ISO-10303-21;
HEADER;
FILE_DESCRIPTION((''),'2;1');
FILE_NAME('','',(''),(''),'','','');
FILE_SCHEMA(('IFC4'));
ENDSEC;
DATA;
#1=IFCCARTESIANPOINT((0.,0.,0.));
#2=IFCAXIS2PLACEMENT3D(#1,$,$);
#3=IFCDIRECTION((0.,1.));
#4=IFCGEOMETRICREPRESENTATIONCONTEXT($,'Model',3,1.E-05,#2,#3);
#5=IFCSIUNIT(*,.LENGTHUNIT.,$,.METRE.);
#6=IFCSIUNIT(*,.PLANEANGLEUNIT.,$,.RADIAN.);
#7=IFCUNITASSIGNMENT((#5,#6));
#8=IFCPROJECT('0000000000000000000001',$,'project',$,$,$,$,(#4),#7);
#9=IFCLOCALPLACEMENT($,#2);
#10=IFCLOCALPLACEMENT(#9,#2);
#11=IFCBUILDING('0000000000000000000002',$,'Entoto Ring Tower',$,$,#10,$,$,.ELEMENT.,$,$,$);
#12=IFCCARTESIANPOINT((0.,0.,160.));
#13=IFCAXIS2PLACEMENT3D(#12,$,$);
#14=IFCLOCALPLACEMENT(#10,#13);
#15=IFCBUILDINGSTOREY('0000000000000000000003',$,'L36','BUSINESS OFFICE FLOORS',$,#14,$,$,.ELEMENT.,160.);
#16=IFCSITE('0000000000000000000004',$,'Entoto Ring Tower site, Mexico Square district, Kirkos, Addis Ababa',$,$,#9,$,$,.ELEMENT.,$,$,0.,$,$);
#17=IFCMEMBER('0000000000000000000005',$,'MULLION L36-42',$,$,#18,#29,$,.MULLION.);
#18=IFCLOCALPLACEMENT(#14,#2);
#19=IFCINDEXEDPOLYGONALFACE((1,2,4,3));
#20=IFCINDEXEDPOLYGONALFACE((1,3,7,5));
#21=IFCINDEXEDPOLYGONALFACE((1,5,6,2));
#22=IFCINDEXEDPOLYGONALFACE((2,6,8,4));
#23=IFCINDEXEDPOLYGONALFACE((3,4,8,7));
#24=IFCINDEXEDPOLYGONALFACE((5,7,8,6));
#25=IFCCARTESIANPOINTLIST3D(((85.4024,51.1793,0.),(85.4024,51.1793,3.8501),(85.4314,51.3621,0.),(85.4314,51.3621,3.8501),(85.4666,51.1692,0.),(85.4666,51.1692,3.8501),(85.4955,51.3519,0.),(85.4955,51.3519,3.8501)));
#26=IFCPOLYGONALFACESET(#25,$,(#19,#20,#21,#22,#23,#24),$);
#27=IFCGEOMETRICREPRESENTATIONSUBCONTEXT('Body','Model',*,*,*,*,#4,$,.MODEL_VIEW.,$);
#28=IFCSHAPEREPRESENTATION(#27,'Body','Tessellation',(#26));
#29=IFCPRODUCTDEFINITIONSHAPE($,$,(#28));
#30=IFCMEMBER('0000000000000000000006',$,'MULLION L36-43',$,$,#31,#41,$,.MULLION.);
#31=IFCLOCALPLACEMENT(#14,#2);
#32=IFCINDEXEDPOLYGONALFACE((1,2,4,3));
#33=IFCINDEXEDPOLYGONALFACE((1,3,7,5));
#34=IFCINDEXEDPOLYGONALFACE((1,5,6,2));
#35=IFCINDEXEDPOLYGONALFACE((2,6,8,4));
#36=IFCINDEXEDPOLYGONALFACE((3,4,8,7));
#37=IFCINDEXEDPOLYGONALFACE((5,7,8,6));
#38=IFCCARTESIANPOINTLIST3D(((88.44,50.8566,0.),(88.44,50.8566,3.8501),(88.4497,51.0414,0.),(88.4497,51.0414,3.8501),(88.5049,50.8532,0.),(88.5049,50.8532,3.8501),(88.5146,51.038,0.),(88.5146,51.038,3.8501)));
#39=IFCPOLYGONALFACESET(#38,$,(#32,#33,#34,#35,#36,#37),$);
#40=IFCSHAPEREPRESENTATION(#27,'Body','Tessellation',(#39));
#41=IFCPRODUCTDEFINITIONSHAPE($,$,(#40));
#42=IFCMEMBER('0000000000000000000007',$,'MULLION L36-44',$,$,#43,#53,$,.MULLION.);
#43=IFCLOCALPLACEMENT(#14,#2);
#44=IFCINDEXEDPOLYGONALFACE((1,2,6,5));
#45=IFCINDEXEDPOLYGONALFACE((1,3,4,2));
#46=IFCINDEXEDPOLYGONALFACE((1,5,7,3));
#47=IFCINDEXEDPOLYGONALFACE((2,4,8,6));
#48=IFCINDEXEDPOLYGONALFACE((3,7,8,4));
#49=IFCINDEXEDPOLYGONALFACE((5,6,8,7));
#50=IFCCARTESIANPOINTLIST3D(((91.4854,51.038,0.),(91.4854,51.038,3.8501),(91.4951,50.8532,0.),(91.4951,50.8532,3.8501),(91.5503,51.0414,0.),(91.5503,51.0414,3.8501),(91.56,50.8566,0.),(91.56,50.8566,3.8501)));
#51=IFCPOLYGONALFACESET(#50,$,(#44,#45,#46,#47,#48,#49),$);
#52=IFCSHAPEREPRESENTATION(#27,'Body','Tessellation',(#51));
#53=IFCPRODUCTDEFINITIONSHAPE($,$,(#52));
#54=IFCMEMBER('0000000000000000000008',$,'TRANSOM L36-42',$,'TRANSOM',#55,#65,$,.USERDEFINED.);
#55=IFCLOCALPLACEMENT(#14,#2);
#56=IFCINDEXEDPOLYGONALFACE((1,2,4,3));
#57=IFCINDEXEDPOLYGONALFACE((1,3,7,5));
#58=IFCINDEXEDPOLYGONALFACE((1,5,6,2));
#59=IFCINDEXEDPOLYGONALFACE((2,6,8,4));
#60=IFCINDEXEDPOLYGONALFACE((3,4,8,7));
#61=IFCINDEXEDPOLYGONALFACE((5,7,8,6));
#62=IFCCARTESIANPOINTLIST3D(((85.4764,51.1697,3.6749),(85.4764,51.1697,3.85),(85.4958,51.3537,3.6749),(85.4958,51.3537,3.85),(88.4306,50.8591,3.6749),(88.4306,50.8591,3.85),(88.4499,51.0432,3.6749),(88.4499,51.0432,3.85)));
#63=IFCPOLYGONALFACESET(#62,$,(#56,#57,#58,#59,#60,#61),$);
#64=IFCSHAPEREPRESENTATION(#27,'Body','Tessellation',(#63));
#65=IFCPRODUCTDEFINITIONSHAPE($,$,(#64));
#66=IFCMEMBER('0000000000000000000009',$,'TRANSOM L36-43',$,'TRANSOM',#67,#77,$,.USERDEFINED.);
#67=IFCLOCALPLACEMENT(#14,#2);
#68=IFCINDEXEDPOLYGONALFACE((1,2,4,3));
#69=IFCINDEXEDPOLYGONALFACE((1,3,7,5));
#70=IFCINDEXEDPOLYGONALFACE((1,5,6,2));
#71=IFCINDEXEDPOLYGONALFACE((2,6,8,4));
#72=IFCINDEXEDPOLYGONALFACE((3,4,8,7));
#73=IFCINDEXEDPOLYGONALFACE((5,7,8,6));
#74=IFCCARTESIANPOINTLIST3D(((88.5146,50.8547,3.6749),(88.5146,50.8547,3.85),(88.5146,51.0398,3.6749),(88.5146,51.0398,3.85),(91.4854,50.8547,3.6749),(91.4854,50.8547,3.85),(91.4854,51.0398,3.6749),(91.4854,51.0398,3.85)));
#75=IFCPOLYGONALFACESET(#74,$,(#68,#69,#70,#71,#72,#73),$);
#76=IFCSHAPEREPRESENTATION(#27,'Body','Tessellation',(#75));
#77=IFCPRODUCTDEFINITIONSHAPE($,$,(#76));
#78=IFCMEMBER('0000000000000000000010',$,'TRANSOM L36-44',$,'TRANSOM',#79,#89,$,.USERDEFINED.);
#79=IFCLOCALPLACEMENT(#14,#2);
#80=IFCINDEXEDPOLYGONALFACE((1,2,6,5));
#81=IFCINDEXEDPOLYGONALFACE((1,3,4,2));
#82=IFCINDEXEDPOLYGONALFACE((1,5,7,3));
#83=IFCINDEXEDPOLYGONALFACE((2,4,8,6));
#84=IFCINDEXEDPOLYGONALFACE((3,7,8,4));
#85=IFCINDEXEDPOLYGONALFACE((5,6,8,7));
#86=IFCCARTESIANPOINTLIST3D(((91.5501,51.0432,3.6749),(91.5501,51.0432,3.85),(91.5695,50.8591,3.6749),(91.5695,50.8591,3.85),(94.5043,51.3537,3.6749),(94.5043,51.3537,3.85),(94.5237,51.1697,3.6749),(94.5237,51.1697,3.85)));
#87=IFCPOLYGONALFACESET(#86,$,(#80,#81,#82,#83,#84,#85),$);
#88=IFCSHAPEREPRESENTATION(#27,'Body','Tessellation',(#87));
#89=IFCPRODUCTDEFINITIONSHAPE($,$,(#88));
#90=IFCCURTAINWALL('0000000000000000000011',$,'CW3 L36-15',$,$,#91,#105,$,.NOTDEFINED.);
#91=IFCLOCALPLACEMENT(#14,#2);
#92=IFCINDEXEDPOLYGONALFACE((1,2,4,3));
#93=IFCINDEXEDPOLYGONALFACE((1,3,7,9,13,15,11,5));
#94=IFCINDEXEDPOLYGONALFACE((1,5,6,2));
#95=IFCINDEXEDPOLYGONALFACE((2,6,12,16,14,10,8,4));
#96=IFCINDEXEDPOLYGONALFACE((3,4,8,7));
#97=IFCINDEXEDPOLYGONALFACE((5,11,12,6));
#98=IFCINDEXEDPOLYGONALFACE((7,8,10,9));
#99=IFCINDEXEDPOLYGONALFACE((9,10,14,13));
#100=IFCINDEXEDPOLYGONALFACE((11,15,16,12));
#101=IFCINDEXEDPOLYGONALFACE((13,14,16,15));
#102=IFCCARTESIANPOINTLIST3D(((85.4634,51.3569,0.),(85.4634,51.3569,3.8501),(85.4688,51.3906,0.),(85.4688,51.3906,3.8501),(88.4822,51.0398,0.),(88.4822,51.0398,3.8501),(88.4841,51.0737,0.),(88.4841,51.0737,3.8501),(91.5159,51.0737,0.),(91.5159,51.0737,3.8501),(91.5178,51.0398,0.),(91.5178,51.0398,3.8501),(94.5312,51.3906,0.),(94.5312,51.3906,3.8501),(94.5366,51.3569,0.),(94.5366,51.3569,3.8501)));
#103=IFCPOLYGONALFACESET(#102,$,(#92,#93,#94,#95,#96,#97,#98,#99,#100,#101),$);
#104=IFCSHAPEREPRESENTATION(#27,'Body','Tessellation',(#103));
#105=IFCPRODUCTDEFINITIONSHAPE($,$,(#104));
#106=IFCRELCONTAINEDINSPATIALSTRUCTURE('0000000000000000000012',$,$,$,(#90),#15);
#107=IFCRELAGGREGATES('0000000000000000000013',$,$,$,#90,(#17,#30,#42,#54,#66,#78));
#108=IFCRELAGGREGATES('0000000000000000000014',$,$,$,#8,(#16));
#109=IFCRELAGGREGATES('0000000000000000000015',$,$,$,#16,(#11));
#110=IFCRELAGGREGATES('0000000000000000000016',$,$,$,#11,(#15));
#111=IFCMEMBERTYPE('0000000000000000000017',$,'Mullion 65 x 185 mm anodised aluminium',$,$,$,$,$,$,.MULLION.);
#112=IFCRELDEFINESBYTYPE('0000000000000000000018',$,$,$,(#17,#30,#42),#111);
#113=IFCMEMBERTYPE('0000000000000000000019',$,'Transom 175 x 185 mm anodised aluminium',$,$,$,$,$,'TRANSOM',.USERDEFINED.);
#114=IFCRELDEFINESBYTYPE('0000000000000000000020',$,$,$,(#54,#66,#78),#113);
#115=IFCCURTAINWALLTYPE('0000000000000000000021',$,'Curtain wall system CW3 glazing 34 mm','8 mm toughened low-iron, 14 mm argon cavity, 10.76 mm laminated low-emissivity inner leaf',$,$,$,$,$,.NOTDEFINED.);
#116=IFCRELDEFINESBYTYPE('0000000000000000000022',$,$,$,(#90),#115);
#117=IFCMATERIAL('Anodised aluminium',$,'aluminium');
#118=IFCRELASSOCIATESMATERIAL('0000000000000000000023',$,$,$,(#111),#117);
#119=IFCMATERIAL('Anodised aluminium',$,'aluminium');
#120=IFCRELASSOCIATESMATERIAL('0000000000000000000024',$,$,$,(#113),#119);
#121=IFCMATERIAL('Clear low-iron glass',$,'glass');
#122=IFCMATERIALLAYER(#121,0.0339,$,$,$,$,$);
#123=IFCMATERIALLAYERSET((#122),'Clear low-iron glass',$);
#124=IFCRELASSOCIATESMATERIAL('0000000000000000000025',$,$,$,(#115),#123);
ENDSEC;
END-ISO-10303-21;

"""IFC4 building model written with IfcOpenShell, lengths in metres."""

from ifc_helpers import new_model, si_unit, direction, frame, origin, origin_2d, place, context, subcontext, project, spatial, polyline, rectangle, outline, extrude, material, layer, layer_set, material_profile, profile_set, type_object, element, aggregate, save


model = new_model("IFC4")

# Units and contexts
model_context = context("Model", 3, precision=1e-05, world=origin(), true_north=direction((0.0, 1.0)))
body_context = subcontext(model_context, "Body", "Model", "MODEL_VIEW")
ifc_project = project(units=[si_unit("LENGTHUNIT", "METRE"), si_unit("PLANEANGLEUNIT", "RADIAN")], contexts=[model_context])

# Members
ifc_material_1 = material(Name="Anodised aluminium", Category="aluminium")
ifc_material_profile_1 = material_profile(ifc_material_1, rectangle(XDim=0.0649, YDim=0.1851, at=origin_2d()), Name="Mullion 65 x 185 mm anodised aluminium")
ifc_profile_set_1 = profile_set([ifc_material_profile_1], Name="Anodised aluminium")
member_type_1 = type_object("IfcMemberType", Name="Mullion 65 x 185 mm anodised aluminium", PredefinedType="MULLION", material=ifc_profile_set_1)
site_placement = place(None, origin())
building_placement = place(site_placement, origin())
storey_placement = place(building_placement, frame((0.0, 0.0, 160.0)))
member_1_placement = place(storey_placement, frame((85.449, 51.2656, 0.0), z_axis=(0.0, 0.0, 1.0), x_axis=(0.987688, -0.156434, 0.0)))
member_1 = element("IfcMember", 1, at=member_1_placement, type_object=member_type_1, Name="MULLION L36-42", PredefinedType="MULLION", context=body_context, shape_type="SweptSolid", body=[
    extrude(rectangle(XDim=0.0649, YDim=0.1851, at=origin_2d()), origin(), (0.0, 0.0, 1.0), 3.8501),
])
member_2_placement = place(storey_placement, frame((88.4773, 50.9473, 0.0), z_axis=(0.0, 0.0, 1.0), x_axis=(0.99863, -0.052336, 0.0)))
member_2 = element("IfcMember", 2, at=member_2_placement, type_object=member_type_1, Name="MULLION L36-43", PredefinedType="MULLION", context=body_context, shape_type="SweptSolid", body=[
    extrude(rectangle(XDim=0.0649, YDim=0.1851, at=origin_2d()), origin(), (0.0, 0.0, 1.0), 3.8501),
])
member_3_placement = place(storey_placement, frame((91.5227, 50.9473, 0.0), z_axis=(0.0, 0.0, 1.0), x_axis=(0.99863, 0.052336, 0.0)))
member_3 = element("IfcMember", 3, at=member_3_placement, type_object=member_type_1, Name="MULLION L36-44", PredefinedType="MULLION", context=body_context, shape_type="SweptSolid", body=[
    extrude(rectangle(XDim=0.0649, YDim=0.1851, at=origin_2d()), origin(), (0.0, 0.0, 1.0), 3.8501),
])
ifc_material_2 = material(Name="Anodised aluminium", Category="aluminium")
ifc_material_profile_2 = material_profile(ifc_material_2, rectangle(XDim=0.1851, YDim=0.175, at=origin_2d()), Name="Transom 175 x 185 mm anodised aluminium")
ifc_profile_set_2 = profile_set([ifc_material_profile_2], Name="Anodised aluminium")
member_type_2 = type_object("IfcMemberType", Name="Transom 175 x 185 mm anodised aluminium", ElementType="TRANSOM", PredefinedType="USERDEFINED", material=ifc_profile_set_2)
member_4_placement = place(storey_placement, frame((85.4861, 51.2617, 3.7625), z_axis=(0.99452, -0.104548, 0.0), x_axis=(0.104548, 0.99452, 0.0)))
member_4 = element("IfcMember", 4, at=member_4_placement, type_object=member_type_2, Name="TRANSOM L36-42", ObjectType="TRANSOM", PredefinedType="USERDEFINED", context=body_context, shape_type="SweptSolid", body=[
    extrude(rectangle(XDim=0.1851, YDim=0.175, at=origin_2d()), origin(), (0.0, 0.0, 1.0), 2.9705),
])
member_5_placement = place(storey_placement, frame((88.5146, 50.9473, 3.7625), z_axis=(1.0, 0.0, 0.0), x_axis=(0.0, 1.0, 0.0)))
member_5 = element("IfcMember", 5, at=member_5_placement, type_object=member_type_2, Name="TRANSOM L36-43", ObjectType="TRANSOM", PredefinedType="USERDEFINED", context=body_context, shape_type="SweptSolid", body=[
    extrude(rectangle(XDim=0.1851, YDim=0.175, at=origin_2d()), origin(), (0.0, 0.0, 1.0), 2.9707),
])
member_6_placement = place(storey_placement, frame((91.5598, 50.9512, 3.7625), z_axis=(0.99452, 0.104548, 0.0), x_axis=(-0.104548, 0.99452, 0.0)))
member_6 = element("IfcMember", 6, at=member_6_placement, type_object=member_type_2, Name="TRANSOM L36-44", ObjectType="TRANSOM", PredefinedType="USERDEFINED", context=body_context, shape_type="SweptSolid", body=[
    extrude(rectangle(XDim=0.1851, YDim=0.175, at=origin_2d()), origin(), (0.0, 0.0, 1.0), 2.9705),
])

# Site, building, storey
site = spatial("IfcSite", under=ifc_project, at=site_placement, Name="Entoto Ring Tower site, Mexico Square district, Kirkos, Addis Ababa", CompositionType="ELEMENT", RefElevation=0.0)
building = spatial("IfcBuilding", under=site, at=building_placement, Name="Entoto Ring Tower", CompositionType="ELEMENT")
storey = spatial("IfcBuildingStorey", under=building, at=storey_placement, Name="L36", Description="BUSINESS OFFICE FLOORS", CompositionType="ELEMENT", Elevation=160.0)

# Curtain wall
ifc_material_3 = material(Name="Clear low-iron glass", Category="glass")
ifc_layer = layer(ifc_material_3, 0.0339)
ifc_layer_set = layer_set([ifc_layer], Name="Clear low-iron glass")
curtain_wall_type = type_object("IfcCurtainWallType", Name="Curtain wall system CW3 glazing 34 mm", Description="8 mm toughened low-iron, 14 mm argon cavity, 10.76 mm laminated low-emissivity inner leaf", PredefinedType="NOTDEFINED", material=ifc_layer_set)
curtain_wall_1_placement = place(storey_placement, origin())
curtain_wall_1 = element("IfcCurtainWall", 7, at=curtain_wall_1_placement, inside=storey, type_object=curtain_wall_type, Name="CW3 L36-15", PredefinedType="NOTDEFINED", context=body_context, shape_type="SweptSolid", body=[
    extrude(outline(polyline([(85.4634, 51.3569), (88.4822, 51.0398), (91.5178, 51.0398), (94.5366, 51.3569), (94.5312, 51.3906), (91.5159, 51.0737), (88.4841, 51.0737), (85.4688, 51.3906), (85.4634, 51.3569)])), origin(), (0.0, 0.0, 1.0), 3.8501),
])
aggregate(curtain_wall_1, [member_1, member_2, member_3, member_4, member_5, member_6])

save(model, "model.ifc")
